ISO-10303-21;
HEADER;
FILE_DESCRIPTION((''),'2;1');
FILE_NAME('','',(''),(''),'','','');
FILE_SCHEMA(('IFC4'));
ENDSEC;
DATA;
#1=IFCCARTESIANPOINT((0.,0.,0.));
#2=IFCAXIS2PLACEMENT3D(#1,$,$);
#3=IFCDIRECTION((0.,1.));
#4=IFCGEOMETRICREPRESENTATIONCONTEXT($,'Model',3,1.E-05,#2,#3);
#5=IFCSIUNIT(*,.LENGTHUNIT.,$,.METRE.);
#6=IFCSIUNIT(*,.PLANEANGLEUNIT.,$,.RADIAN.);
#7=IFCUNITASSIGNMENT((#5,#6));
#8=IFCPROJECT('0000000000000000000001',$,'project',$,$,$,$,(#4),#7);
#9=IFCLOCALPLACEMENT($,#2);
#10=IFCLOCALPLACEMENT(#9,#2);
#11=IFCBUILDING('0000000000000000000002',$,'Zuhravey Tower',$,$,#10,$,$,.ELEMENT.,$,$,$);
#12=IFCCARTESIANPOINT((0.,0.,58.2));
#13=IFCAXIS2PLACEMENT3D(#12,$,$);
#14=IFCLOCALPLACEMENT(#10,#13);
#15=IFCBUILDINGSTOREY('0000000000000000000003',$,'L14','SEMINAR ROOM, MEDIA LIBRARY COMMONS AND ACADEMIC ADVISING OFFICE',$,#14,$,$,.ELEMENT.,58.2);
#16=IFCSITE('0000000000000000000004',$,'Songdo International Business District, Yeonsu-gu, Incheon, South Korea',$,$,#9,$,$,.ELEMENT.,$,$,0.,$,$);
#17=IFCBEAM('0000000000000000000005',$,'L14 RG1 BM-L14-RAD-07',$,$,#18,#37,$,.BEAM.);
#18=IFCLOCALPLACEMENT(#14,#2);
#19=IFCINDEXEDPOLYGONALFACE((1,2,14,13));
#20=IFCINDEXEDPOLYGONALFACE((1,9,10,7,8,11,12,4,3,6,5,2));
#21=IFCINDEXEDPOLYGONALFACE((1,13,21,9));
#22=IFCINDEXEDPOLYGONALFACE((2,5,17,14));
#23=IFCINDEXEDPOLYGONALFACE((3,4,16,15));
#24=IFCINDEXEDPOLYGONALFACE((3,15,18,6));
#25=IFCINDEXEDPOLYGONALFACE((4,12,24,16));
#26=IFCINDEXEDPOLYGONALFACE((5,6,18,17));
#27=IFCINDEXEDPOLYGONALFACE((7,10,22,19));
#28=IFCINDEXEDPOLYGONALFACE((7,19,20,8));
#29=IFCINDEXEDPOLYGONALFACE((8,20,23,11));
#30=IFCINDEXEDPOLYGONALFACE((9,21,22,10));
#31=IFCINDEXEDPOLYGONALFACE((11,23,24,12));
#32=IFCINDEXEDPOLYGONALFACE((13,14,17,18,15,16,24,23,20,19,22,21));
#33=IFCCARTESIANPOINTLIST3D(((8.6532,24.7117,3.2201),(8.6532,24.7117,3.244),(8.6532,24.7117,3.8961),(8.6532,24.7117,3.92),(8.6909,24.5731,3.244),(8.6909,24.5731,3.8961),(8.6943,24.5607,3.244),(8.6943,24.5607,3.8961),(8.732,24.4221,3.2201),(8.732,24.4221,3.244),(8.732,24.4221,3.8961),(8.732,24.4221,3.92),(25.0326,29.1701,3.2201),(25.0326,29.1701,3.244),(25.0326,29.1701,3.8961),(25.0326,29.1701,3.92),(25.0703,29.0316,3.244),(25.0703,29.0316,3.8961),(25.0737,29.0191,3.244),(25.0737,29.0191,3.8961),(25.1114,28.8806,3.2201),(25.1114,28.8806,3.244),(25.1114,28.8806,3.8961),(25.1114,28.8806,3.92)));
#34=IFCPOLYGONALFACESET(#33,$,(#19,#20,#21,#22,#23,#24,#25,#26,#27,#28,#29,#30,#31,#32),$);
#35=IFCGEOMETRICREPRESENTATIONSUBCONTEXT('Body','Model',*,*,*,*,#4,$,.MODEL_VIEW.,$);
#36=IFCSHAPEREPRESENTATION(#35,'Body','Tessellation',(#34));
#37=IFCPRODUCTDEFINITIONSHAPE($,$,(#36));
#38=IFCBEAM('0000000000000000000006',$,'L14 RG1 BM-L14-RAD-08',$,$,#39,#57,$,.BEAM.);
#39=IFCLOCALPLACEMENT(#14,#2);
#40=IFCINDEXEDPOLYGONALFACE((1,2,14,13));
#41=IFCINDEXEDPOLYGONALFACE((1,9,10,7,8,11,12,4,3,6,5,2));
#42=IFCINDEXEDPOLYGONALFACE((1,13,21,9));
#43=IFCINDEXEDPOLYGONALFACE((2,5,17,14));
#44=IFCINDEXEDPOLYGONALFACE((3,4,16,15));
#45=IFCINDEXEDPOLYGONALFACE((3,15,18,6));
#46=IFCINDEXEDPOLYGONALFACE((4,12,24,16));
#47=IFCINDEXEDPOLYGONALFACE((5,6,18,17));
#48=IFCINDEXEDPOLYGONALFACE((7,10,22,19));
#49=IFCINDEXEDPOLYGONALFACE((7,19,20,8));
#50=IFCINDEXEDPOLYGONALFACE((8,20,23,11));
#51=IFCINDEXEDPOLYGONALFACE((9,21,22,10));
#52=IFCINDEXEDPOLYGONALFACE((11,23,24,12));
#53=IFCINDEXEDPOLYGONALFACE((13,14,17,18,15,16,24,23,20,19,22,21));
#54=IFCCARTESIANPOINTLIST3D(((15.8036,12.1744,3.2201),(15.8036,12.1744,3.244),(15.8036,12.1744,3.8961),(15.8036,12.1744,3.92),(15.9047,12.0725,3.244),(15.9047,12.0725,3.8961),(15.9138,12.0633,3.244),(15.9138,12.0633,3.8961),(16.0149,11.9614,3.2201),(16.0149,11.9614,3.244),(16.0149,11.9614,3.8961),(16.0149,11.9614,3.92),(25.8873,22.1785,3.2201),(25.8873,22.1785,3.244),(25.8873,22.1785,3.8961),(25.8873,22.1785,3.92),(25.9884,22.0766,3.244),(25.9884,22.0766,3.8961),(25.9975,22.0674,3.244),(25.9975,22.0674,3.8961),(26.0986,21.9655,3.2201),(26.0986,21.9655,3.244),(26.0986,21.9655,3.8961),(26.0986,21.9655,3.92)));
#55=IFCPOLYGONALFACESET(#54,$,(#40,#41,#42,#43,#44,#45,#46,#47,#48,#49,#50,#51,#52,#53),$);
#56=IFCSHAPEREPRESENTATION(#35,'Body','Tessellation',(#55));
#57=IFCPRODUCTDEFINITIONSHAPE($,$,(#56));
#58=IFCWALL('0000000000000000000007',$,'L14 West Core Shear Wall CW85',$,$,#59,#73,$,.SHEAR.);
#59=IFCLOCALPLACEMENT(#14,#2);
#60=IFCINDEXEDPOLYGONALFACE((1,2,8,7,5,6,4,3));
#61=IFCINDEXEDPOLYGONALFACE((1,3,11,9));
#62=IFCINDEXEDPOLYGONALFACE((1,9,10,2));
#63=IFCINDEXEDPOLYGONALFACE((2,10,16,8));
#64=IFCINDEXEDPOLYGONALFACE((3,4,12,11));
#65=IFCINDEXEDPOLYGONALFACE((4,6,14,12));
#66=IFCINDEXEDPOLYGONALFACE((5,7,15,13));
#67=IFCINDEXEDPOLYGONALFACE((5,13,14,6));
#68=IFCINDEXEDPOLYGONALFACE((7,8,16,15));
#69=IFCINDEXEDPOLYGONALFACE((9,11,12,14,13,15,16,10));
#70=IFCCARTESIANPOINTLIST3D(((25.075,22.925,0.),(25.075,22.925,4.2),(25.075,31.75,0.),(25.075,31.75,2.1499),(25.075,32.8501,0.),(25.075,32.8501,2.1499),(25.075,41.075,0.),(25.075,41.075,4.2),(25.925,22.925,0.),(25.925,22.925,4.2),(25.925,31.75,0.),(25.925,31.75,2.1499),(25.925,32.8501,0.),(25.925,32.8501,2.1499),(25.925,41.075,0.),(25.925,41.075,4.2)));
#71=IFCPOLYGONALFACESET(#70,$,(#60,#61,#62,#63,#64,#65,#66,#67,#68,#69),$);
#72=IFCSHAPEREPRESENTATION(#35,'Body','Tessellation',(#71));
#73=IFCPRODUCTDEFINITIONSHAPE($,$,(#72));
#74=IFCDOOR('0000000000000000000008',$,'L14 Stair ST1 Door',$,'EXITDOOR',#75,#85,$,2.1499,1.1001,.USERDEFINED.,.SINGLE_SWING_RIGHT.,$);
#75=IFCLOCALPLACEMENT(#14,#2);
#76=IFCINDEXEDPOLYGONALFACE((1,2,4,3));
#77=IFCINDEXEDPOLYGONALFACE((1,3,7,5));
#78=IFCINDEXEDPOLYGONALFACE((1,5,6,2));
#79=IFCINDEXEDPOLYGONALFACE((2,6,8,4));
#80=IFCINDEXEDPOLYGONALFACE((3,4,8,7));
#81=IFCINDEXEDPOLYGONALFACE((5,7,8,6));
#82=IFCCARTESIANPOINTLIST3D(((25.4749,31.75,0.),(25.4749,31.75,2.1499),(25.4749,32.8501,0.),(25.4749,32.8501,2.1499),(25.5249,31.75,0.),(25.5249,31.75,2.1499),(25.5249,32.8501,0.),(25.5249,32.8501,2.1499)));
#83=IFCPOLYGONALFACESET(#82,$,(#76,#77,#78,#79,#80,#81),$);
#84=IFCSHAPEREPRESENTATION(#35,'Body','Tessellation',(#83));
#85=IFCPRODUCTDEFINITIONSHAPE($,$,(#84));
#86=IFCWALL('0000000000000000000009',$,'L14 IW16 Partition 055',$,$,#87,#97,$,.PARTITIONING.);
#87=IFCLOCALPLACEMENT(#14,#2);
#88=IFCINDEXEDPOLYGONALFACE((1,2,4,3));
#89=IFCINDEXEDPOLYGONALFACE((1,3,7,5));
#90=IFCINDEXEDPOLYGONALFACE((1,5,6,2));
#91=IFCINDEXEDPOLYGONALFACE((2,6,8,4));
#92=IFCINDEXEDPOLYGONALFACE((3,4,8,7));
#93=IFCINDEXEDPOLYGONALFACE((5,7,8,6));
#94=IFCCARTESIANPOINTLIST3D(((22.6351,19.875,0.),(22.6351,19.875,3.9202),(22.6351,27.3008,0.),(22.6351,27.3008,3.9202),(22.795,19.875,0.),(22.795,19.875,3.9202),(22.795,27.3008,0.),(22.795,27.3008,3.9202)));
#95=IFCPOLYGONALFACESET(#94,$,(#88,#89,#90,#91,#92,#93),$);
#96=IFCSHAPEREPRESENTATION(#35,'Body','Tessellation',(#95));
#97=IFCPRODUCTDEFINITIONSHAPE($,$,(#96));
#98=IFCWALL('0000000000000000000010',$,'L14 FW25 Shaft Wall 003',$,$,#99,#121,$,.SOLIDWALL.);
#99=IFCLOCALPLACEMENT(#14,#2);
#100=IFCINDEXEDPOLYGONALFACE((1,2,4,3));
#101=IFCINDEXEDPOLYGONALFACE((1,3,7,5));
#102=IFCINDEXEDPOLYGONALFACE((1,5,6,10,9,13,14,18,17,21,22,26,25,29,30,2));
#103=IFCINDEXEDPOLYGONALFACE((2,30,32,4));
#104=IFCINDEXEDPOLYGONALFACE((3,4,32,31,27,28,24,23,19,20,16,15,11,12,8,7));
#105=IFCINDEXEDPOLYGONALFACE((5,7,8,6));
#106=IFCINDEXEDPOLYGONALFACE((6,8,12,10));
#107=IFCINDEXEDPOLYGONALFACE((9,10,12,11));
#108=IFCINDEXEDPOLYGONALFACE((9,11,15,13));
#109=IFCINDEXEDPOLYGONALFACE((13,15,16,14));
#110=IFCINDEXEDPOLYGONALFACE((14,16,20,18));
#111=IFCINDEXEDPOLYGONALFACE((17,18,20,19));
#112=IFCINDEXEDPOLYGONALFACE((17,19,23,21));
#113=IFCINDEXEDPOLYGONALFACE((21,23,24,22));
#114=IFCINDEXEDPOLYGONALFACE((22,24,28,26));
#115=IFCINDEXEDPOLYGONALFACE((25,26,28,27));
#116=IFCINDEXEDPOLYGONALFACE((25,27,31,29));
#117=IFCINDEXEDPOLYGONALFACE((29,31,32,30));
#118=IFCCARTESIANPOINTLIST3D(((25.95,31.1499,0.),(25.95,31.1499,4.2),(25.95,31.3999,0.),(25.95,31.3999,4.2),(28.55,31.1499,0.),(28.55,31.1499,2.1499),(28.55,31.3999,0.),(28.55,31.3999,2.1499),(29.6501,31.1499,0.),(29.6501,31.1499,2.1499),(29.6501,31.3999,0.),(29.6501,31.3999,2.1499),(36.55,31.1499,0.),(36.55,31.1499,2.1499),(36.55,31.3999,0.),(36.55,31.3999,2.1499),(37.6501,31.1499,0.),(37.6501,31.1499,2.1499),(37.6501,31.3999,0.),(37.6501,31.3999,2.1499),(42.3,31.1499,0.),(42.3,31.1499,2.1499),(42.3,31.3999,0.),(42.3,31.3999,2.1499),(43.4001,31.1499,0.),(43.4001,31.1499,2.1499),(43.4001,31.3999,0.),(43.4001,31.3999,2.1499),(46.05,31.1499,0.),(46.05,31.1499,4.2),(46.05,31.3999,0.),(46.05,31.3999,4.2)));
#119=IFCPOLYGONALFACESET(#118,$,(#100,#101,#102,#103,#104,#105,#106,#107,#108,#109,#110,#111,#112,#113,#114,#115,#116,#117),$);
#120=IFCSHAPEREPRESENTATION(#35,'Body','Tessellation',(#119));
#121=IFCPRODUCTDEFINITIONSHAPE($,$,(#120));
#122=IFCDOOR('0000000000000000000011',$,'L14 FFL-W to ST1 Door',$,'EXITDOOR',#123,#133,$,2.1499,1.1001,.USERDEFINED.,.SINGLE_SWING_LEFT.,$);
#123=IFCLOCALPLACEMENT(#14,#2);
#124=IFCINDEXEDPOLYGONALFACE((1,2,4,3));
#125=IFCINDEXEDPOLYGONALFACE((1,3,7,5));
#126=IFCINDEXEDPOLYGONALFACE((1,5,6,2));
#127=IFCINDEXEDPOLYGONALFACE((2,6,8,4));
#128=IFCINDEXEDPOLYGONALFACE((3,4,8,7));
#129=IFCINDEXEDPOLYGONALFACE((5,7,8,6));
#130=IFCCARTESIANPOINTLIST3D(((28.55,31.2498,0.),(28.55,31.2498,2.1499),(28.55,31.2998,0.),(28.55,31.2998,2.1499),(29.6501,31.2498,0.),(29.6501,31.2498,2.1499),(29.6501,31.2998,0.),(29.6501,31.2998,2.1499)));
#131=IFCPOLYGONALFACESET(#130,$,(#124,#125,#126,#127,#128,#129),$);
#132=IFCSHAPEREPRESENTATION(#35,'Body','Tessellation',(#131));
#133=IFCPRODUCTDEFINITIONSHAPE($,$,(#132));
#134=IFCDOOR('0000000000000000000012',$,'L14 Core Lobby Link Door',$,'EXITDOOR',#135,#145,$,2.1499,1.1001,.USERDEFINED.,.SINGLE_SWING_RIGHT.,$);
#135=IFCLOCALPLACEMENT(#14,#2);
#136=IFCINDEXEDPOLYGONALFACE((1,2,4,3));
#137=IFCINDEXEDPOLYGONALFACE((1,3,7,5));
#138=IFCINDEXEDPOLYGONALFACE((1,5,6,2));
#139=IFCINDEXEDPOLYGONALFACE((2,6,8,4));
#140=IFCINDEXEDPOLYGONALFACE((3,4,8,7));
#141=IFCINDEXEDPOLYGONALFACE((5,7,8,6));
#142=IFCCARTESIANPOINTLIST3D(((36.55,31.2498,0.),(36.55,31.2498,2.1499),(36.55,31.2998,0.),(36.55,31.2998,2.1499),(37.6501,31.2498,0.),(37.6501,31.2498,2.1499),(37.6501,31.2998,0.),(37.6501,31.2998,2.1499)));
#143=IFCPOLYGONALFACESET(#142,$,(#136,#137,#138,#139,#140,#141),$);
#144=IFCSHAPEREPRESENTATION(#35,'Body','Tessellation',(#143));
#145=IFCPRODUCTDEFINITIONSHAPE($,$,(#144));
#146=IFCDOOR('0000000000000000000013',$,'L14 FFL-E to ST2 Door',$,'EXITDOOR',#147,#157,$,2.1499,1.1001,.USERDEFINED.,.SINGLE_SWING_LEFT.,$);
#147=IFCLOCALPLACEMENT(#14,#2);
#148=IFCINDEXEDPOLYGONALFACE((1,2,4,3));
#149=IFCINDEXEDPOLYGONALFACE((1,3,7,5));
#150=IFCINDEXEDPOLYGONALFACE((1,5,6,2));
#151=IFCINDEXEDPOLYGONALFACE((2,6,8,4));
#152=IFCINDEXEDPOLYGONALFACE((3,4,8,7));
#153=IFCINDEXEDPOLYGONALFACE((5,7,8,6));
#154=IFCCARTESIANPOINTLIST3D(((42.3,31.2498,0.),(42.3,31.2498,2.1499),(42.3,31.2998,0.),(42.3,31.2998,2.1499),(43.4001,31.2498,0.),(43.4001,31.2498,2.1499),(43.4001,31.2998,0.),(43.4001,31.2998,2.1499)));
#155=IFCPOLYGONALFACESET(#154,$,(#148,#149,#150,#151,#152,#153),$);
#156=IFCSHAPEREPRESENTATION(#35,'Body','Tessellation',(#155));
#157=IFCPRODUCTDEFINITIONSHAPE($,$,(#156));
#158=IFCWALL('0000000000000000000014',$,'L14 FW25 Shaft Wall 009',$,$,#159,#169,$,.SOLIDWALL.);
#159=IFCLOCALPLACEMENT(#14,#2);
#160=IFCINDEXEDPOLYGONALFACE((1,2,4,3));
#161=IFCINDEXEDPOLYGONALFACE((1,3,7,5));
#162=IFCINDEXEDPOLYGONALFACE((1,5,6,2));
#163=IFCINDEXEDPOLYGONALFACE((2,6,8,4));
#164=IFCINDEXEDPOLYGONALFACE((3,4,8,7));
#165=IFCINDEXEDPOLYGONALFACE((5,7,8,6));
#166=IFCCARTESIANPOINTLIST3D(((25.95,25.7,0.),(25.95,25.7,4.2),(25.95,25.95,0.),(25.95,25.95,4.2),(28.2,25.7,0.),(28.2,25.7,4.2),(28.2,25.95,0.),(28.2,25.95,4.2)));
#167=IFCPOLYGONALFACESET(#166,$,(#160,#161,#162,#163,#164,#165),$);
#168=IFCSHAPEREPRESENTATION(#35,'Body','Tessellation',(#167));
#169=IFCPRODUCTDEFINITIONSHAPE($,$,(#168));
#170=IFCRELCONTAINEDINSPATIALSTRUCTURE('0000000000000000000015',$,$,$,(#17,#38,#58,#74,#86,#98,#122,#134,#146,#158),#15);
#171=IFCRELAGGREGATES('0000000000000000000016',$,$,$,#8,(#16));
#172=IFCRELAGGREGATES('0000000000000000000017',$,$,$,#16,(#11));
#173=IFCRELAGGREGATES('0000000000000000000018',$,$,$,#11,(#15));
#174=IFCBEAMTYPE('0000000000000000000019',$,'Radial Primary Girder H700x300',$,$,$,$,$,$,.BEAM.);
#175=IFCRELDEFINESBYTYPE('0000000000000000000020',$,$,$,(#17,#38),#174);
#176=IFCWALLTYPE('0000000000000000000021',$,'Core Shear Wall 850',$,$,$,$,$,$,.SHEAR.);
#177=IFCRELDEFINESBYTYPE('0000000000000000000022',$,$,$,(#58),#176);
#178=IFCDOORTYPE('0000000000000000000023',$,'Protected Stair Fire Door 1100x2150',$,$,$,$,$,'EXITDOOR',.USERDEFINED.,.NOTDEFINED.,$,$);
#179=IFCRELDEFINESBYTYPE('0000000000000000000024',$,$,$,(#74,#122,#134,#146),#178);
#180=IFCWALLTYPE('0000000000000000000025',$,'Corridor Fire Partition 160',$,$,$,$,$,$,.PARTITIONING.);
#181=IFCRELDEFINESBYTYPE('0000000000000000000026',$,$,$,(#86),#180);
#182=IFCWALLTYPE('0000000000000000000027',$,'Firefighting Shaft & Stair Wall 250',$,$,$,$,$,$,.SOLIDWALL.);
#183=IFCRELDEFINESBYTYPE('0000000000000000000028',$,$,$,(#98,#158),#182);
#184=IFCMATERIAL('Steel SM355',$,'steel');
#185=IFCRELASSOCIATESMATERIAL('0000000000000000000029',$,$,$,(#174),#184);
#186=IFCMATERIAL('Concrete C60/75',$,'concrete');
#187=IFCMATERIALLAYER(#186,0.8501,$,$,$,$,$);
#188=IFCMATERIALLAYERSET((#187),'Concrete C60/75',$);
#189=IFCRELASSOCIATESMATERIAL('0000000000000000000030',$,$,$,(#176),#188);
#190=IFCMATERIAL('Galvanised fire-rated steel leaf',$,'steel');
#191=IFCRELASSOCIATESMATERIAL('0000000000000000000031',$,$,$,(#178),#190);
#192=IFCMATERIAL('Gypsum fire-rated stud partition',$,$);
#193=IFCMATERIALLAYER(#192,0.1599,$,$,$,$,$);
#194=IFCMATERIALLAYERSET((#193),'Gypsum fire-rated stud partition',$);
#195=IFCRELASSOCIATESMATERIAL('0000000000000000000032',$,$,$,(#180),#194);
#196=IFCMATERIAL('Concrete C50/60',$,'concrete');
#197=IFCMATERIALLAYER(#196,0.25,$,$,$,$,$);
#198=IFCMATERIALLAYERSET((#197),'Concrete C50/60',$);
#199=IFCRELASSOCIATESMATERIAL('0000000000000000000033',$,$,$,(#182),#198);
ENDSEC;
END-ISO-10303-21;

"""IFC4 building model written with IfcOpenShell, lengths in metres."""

from ifc_helpers import new_model, si_unit, direction, frame, frame_2d, origin, origin_2d, place, context, subcontext, project, spatial, rectangle, i_section, extrude, material, layer, layer_set, material_profile, profile_set, type_object, element, fill, save


model = new_model("IFC4")

# Units and contexts
model_context = context("Model", 3, precision=1e-05, world=origin(), true_north=direction((0.0, 1.0)))
body_context = subcontext(model_context, "Body", "Model", "MODEL_VIEW")
ifc_project = project(units=[si_unit("LENGTHUNIT", "METRE"), si_unit("PLANEANGLEUNIT", "RADIAN")], contexts=[model_context])

# Site, building, storey
site_placement = place(None, origin())
site = spatial("IfcSite", under=ifc_project, at=site_placement, Name="Songdo International Business District, Yeonsu-gu, Incheon, South Korea", CompositionType="ELEMENT", RefElevation=0.0)
building_placement = place(site_placement, origin())
building = spatial("IfcBuilding", under=site, at=building_placement, Name="Zuhravey Tower", CompositionType="ELEMENT")
storey_placement = place(building_placement, frame((0.0, 0.0, 58.2)))
storey = spatial("IfcBuildingStorey", under=building, at=storey_placement, Name="L14", Description="SEMINAR ROOM, MEDIA LIBRARY COMMONS AND ACADEMIC ADVISING OFFICE", CompositionType="ELEMENT", Elevation=58.2)

# Beams
ifc_material_1 = material(Name="Steel SM355", Category="steel")
ifc_material_profile = material_profile(ifc_material_1, i_section(OverallWidth=0.3, OverallDepth=0.7, WebThickness=0.0129, FlangeThickness=0.0239, at=origin_2d()), Name="H-700x300x13x24")
ifc_profile_set = profile_set([ifc_material_profile], Name="Steel SM355")
beam_type = type_object("IfcBeamType", Name="Radial Primary Girder H700x300", PredefinedType="BEAM", material=ifc_profile_set)
beam_1_placement = place(storey_placement, frame((25.072, 29.0254, 3.5701), z_axis=(-0.964892, -0.262645, 0.0), x_axis=(0.262645, -0.964892, 0.0)))
element("IfcBeam", 1, at=beam_1_placement, inside=storey, type_object=beam_type, Name="L14 RG1 BM-L14-RAD-07", PredefinedType="BEAM", context=body_context, shape_type="SweptSolid", body=[
    extrude(i_section(OverallWidth=0.3, OverallDepth=0.7, WebThickness=0.0129, FlangeThickness=0.0239, at=origin_2d()), origin(), (0.0, 0.0, 1.0), 16.9753),
])
beam_2_placement = place(storey_placement, frame((25.9929, 22.072, 3.5701), z_axis=(-0.709903, -0.7043, 0.0), x_axis=(0.7043, -0.709903, 0.0)))
element("IfcBeam", 2, at=beam_2_placement, inside=storey, type_object=beam_type, Name="L14 RG1 BM-L14-RAD-08", PredefinedType="BEAM", context=body_context, shape_type="SweptSolid", body=[
    extrude(i_section(OverallWidth=0.3, OverallDepth=0.7, WebThickness=0.0129, FlangeThickness=0.0239, at=origin_2d()), origin(), (0.0, 0.0, 1.0), 14.2043),
])

# Wall, opening, door
ifc_material_2 = material(Name="Concrete C60/75", Category="concrete")
ifc_layer_1 = layer(ifc_material_2, 0.8501)
ifc_layer_set_1 = layer_set([ifc_layer_1], Name="Concrete C60/75")
wall_type_1 = type_object("IfcWallType", Name="Core Shear Wall 850", PredefinedType="SHEAR", material=ifc_layer_set_1)
ifc_material_3 = material(Name="Galvanised fire-rated steel leaf", Category="steel")
wall_1_placement = place(storey_placement, frame((25.5, 22.925, 0.0), z_axis=(0.0, 0.0, 1.0), x_axis=(0.0, 1.0, 0.0)))
wall_1 = element("IfcWall", 3, at=wall_1_placement, inside=storey, type_object=wall_type_1, Name="L14 West Core Shear Wall CW85", PredefinedType="SHEAR", context=body_context, shape_type="SweptSolid", body=[
    extrude(rectangle(XDim=18.1499, YDim=0.8501, at=frame_2d((9.075, 0.0))), origin(), (0.0, 0.0, 1.0), 4.2),
])
opening_1_placement = place(wall_1_placement, frame((8.825, 0.0, 0.0)))
opening_1 = element("IfcOpeningElement", 4, at=opening_1_placement, cuts=wall_1, PredefinedType="OPENING", context=body_context, shape_type="SweptSolid", body=[
    extrude(rectangle(XDim=1.1001, YDim=2.1499, at=frame_2d((0.55, 1.075))), frame((0.0, 0.437, 0.0), z_axis=(0.0, -1.0, 0.0), x_axis=(1.0, 0.0, 0.0)), (0.0, 0.0, 1.0), 0.874),
])
door_type_1 = type_object("IfcDoorType", Name="Protected Stair Fire Door 1100x2150", ElementType="EXITDOOR", OperationType="NOTDEFINED", PredefinedType="USERDEFINED", material=ifc_material_3)
door_1_placement = place(opening_1_placement, frame((1.1001, 0.0, 0.0), z_axis=(0.0, 0.0, 1.0), x_axis=(-1.0, 0.0, 0.0)))
door_1 = element("IfcDoor", 5, at=door_1_placement, inside=storey, type_object=door_type_1, Name="L14 Stair ST1 Door", ObjectType="EXITDOOR", OperationType="SINGLE_SWING_RIGHT", OverallHeight=2.1499, OverallWidth=1.1001, PredefinedType="USERDEFINED", context=body_context, shape_type="SweptSolid", body=[
    extrude(rectangle(XDim=1.1001, YDim=2.1499, at=frame_2d((0.55, 1.075))), frame((0.0, 0.0249, 0.0), z_axis=(0.0, -1.0, 0.0), x_axis=(1.0, 0.0, 0.0)), (0.0, 0.0, 1.0), 0.05),
])
fill(opening_1, door_1)

# Wall
ifc_material_4 = material(Name="Gypsum fire-rated stud partition")
ifc_layer_2 = layer(ifc_material_4, 0.1599)
ifc_layer_set_2 = layer_set([ifc_layer_2], Name="Gypsum fire-rated stud partition")
wall_type_2 = type_object("IfcWallType", Name="Corridor Fire Partition 160", PredefinedType="PARTITIONING", material=ifc_layer_set_2)
wall_2_placement = place(storey_placement, frame((22.7151, 27.3008, 0.0), z_axis=(0.0, 0.0, 1.0), x_axis=(0.0, -1.0, 0.0)))
element("IfcWall", 6, at=wall_2_placement, inside=storey, type_object=wall_type_2, Name="L14 IW16 Partition 055", PredefinedType="PARTITIONING", context=body_context, shape_type="SweptSolid", body=[
    extrude(rectangle(XDim=7.4258, YDim=0.1599, at=frame_2d((3.7129, 0.0))), origin(), (0.0, 0.0, 1.0), 3.9202),
])

# Wall, openings, doors
ifc_material_5 = material(Name="Concrete C50/60", Category="concrete")
ifc_layer_3 = layer(ifc_material_5, 0.25)
ifc_layer_set_3 = layer_set([ifc_layer_3], Name="Concrete C50/60")
wall_type_3 = type_object("IfcWallType", Name="Firefighting Shaft & Stair Wall 250", PredefinedType="SOLIDWALL", material=ifc_layer_set_3)
wall_3_placement = place(storey_placement, frame((25.95, 31.2749, 0.0), z_axis=(0.0, 0.0, 1.0), x_axis=(1.0, 0.0, 0.0)))
wall_3 = element("IfcWall", 7, at=wall_3_placement, inside=storey, type_object=wall_type_3, Name="L14 FW25 Shaft Wall 003", PredefinedType="SOLIDWALL", context=body_context, shape_type="SweptSolid", body=[
    extrude(rectangle(XDim=20.1001, YDim=0.25, at=frame_2d((10.05, 0.0))), origin(), (0.0, 0.0, 1.0), 4.2),
])
opening_2_placement = place(wall_3_placement, frame((2.6001, 0.0, 0.0)))
opening_2 = element("IfcOpeningElement", 8, at=opening_2_placement, cuts=wall_3, PredefinedType="OPENING", context=body_context, shape_type="SweptSolid", body=[
    extrude(rectangle(XDim=1.1001, YDim=2.1499, at=frame_2d((0.55, 1.075))), frame((0.0, 0.137, 0.0), z_axis=(0.0, -1.0, 0.0), x_axis=(1.0, 0.0, 0.0)), (0.0, 0.0, 1.0), 0.2739),
])
opening_3_placement = place(wall_3_placement, frame((10.6001, 0.0, 0.0)))
opening_3 = element("IfcOpeningElement", 9, at=opening_3_placement, cuts=wall_3, PredefinedType="OPENING", context=body_context, shape_type="SweptSolid", body=[
    extrude(rectangle(XDim=1.1001, YDim=2.1499, at=frame_2d((0.55, 1.075))), frame((0.0, 0.137, 0.0), z_axis=(0.0, -1.0, 0.0), x_axis=(1.0, 0.0, 0.0)), (0.0, 0.0, 1.0), 0.2739),
])
opening_4_placement = place(wall_3_placement, frame((16.3501, 0.0, 0.0)))
opening_4 = element("IfcOpeningElement", 10, at=opening_4_placement, cuts=wall_3, PredefinedType="OPENING", context=body_context, shape_type="SweptSolid", body=[
    extrude(rectangle(XDim=1.1001, YDim=2.1499, at=frame_2d((0.55, 1.075))), frame((0.0, 0.137, 0.0), z_axis=(0.0, -1.0, 0.0), x_axis=(1.0, 0.0, 0.0)), (0.0, 0.0, 1.0), 0.2739),
])
door_2_placement = place(opening_2_placement, origin())
door_2 = element("IfcDoor", 11, at=door_2_placement, inside=storey, type_object=door_type_1, Name="L14 FFL-W to ST1 Door", ObjectType="EXITDOOR", OperationType="SINGLE_SWING_LEFT", OverallHeight=2.1499, OverallWidth=1.1001, PredefinedType="USERDEFINED", context=body_context, shape_type="SweptSolid", body=[
    extrude(rectangle(XDim=1.1001, YDim=2.1499, at=frame_2d((0.55, 1.075))), frame((0.0, 0.0249, 0.0), z_axis=(0.0, -1.0, 0.0), x_axis=(1.0, 0.0, 0.0)), (0.0, 0.0, 1.0), 0.05),
])
fill(opening_2, door_2)
door_3_placement = place(opening_3_placement, origin())
door_3 = element("IfcDoor", 12, at=door_3_placement, inside=storey, type_object=door_type_1, Name="L14 Core Lobby Link Door", ObjectType="EXITDOOR", OperationType="SINGLE_SWING_RIGHT", OverallHeight=2.1499, OverallWidth=1.1001, PredefinedType="USERDEFINED", context=body_context, shape_type="SweptSolid", body=[
    extrude(rectangle(XDim=1.1001, YDim=2.1499, at=frame_2d((0.55, 1.075))), frame((0.0, 0.0249, 0.0), z_axis=(0.0, -1.0, 0.0), x_axis=(1.0, 0.0, 0.0)), (0.0, 0.0, 1.0), 0.05),
])
fill(opening_3, door_3)
door_4_placement = place(opening_4_placement, origin())
door_4 = element("IfcDoor", 13, at=door_4_placement, inside=storey, type_object=door_type_1, Name="L14 FFL-E to ST2 Door", ObjectType="EXITDOOR", OperationType="SINGLE_SWING_LEFT", OverallHeight=2.1499, OverallWidth=1.1001, PredefinedType="USERDEFINED", context=body_context, shape_type="SweptSolid", body=[
    extrude(rectangle(XDim=1.1001, YDim=2.1499, at=frame_2d((0.55, 1.075))), frame((0.0, 0.0249, 0.0), z_axis=(0.0, -1.0, 0.0), x_axis=(1.0, 0.0, 0.0)), (0.0, 0.0, 1.0), 0.05),
])
fill(opening_4, door_4)

# Wall
for number, where, z_axis, x_axis, name in (
    (14, (25.95, 25.825, 0.0), (0.0, 0.0, 1.0), (1.0, 0.0, 0.0), "L14 FW25 Shaft Wall 009"),
):
    element("IfcWall", number, at=place(storey_placement, frame(where, z_axis=z_axis, x_axis=x_axis)), inside=storey, type_object=wall_type_3, Name=name, PredefinedType="SOLIDWALL", context=body_context, shape_type="SweptSolid", body=[
        extrude(rectangle(XDim=2.25, YDim=0.25, at=frame_2d((1.125, 0.0))), origin(), (0.0, 0.0, 1.0), 4.2),
    ])

save(model, "model.ifc")
